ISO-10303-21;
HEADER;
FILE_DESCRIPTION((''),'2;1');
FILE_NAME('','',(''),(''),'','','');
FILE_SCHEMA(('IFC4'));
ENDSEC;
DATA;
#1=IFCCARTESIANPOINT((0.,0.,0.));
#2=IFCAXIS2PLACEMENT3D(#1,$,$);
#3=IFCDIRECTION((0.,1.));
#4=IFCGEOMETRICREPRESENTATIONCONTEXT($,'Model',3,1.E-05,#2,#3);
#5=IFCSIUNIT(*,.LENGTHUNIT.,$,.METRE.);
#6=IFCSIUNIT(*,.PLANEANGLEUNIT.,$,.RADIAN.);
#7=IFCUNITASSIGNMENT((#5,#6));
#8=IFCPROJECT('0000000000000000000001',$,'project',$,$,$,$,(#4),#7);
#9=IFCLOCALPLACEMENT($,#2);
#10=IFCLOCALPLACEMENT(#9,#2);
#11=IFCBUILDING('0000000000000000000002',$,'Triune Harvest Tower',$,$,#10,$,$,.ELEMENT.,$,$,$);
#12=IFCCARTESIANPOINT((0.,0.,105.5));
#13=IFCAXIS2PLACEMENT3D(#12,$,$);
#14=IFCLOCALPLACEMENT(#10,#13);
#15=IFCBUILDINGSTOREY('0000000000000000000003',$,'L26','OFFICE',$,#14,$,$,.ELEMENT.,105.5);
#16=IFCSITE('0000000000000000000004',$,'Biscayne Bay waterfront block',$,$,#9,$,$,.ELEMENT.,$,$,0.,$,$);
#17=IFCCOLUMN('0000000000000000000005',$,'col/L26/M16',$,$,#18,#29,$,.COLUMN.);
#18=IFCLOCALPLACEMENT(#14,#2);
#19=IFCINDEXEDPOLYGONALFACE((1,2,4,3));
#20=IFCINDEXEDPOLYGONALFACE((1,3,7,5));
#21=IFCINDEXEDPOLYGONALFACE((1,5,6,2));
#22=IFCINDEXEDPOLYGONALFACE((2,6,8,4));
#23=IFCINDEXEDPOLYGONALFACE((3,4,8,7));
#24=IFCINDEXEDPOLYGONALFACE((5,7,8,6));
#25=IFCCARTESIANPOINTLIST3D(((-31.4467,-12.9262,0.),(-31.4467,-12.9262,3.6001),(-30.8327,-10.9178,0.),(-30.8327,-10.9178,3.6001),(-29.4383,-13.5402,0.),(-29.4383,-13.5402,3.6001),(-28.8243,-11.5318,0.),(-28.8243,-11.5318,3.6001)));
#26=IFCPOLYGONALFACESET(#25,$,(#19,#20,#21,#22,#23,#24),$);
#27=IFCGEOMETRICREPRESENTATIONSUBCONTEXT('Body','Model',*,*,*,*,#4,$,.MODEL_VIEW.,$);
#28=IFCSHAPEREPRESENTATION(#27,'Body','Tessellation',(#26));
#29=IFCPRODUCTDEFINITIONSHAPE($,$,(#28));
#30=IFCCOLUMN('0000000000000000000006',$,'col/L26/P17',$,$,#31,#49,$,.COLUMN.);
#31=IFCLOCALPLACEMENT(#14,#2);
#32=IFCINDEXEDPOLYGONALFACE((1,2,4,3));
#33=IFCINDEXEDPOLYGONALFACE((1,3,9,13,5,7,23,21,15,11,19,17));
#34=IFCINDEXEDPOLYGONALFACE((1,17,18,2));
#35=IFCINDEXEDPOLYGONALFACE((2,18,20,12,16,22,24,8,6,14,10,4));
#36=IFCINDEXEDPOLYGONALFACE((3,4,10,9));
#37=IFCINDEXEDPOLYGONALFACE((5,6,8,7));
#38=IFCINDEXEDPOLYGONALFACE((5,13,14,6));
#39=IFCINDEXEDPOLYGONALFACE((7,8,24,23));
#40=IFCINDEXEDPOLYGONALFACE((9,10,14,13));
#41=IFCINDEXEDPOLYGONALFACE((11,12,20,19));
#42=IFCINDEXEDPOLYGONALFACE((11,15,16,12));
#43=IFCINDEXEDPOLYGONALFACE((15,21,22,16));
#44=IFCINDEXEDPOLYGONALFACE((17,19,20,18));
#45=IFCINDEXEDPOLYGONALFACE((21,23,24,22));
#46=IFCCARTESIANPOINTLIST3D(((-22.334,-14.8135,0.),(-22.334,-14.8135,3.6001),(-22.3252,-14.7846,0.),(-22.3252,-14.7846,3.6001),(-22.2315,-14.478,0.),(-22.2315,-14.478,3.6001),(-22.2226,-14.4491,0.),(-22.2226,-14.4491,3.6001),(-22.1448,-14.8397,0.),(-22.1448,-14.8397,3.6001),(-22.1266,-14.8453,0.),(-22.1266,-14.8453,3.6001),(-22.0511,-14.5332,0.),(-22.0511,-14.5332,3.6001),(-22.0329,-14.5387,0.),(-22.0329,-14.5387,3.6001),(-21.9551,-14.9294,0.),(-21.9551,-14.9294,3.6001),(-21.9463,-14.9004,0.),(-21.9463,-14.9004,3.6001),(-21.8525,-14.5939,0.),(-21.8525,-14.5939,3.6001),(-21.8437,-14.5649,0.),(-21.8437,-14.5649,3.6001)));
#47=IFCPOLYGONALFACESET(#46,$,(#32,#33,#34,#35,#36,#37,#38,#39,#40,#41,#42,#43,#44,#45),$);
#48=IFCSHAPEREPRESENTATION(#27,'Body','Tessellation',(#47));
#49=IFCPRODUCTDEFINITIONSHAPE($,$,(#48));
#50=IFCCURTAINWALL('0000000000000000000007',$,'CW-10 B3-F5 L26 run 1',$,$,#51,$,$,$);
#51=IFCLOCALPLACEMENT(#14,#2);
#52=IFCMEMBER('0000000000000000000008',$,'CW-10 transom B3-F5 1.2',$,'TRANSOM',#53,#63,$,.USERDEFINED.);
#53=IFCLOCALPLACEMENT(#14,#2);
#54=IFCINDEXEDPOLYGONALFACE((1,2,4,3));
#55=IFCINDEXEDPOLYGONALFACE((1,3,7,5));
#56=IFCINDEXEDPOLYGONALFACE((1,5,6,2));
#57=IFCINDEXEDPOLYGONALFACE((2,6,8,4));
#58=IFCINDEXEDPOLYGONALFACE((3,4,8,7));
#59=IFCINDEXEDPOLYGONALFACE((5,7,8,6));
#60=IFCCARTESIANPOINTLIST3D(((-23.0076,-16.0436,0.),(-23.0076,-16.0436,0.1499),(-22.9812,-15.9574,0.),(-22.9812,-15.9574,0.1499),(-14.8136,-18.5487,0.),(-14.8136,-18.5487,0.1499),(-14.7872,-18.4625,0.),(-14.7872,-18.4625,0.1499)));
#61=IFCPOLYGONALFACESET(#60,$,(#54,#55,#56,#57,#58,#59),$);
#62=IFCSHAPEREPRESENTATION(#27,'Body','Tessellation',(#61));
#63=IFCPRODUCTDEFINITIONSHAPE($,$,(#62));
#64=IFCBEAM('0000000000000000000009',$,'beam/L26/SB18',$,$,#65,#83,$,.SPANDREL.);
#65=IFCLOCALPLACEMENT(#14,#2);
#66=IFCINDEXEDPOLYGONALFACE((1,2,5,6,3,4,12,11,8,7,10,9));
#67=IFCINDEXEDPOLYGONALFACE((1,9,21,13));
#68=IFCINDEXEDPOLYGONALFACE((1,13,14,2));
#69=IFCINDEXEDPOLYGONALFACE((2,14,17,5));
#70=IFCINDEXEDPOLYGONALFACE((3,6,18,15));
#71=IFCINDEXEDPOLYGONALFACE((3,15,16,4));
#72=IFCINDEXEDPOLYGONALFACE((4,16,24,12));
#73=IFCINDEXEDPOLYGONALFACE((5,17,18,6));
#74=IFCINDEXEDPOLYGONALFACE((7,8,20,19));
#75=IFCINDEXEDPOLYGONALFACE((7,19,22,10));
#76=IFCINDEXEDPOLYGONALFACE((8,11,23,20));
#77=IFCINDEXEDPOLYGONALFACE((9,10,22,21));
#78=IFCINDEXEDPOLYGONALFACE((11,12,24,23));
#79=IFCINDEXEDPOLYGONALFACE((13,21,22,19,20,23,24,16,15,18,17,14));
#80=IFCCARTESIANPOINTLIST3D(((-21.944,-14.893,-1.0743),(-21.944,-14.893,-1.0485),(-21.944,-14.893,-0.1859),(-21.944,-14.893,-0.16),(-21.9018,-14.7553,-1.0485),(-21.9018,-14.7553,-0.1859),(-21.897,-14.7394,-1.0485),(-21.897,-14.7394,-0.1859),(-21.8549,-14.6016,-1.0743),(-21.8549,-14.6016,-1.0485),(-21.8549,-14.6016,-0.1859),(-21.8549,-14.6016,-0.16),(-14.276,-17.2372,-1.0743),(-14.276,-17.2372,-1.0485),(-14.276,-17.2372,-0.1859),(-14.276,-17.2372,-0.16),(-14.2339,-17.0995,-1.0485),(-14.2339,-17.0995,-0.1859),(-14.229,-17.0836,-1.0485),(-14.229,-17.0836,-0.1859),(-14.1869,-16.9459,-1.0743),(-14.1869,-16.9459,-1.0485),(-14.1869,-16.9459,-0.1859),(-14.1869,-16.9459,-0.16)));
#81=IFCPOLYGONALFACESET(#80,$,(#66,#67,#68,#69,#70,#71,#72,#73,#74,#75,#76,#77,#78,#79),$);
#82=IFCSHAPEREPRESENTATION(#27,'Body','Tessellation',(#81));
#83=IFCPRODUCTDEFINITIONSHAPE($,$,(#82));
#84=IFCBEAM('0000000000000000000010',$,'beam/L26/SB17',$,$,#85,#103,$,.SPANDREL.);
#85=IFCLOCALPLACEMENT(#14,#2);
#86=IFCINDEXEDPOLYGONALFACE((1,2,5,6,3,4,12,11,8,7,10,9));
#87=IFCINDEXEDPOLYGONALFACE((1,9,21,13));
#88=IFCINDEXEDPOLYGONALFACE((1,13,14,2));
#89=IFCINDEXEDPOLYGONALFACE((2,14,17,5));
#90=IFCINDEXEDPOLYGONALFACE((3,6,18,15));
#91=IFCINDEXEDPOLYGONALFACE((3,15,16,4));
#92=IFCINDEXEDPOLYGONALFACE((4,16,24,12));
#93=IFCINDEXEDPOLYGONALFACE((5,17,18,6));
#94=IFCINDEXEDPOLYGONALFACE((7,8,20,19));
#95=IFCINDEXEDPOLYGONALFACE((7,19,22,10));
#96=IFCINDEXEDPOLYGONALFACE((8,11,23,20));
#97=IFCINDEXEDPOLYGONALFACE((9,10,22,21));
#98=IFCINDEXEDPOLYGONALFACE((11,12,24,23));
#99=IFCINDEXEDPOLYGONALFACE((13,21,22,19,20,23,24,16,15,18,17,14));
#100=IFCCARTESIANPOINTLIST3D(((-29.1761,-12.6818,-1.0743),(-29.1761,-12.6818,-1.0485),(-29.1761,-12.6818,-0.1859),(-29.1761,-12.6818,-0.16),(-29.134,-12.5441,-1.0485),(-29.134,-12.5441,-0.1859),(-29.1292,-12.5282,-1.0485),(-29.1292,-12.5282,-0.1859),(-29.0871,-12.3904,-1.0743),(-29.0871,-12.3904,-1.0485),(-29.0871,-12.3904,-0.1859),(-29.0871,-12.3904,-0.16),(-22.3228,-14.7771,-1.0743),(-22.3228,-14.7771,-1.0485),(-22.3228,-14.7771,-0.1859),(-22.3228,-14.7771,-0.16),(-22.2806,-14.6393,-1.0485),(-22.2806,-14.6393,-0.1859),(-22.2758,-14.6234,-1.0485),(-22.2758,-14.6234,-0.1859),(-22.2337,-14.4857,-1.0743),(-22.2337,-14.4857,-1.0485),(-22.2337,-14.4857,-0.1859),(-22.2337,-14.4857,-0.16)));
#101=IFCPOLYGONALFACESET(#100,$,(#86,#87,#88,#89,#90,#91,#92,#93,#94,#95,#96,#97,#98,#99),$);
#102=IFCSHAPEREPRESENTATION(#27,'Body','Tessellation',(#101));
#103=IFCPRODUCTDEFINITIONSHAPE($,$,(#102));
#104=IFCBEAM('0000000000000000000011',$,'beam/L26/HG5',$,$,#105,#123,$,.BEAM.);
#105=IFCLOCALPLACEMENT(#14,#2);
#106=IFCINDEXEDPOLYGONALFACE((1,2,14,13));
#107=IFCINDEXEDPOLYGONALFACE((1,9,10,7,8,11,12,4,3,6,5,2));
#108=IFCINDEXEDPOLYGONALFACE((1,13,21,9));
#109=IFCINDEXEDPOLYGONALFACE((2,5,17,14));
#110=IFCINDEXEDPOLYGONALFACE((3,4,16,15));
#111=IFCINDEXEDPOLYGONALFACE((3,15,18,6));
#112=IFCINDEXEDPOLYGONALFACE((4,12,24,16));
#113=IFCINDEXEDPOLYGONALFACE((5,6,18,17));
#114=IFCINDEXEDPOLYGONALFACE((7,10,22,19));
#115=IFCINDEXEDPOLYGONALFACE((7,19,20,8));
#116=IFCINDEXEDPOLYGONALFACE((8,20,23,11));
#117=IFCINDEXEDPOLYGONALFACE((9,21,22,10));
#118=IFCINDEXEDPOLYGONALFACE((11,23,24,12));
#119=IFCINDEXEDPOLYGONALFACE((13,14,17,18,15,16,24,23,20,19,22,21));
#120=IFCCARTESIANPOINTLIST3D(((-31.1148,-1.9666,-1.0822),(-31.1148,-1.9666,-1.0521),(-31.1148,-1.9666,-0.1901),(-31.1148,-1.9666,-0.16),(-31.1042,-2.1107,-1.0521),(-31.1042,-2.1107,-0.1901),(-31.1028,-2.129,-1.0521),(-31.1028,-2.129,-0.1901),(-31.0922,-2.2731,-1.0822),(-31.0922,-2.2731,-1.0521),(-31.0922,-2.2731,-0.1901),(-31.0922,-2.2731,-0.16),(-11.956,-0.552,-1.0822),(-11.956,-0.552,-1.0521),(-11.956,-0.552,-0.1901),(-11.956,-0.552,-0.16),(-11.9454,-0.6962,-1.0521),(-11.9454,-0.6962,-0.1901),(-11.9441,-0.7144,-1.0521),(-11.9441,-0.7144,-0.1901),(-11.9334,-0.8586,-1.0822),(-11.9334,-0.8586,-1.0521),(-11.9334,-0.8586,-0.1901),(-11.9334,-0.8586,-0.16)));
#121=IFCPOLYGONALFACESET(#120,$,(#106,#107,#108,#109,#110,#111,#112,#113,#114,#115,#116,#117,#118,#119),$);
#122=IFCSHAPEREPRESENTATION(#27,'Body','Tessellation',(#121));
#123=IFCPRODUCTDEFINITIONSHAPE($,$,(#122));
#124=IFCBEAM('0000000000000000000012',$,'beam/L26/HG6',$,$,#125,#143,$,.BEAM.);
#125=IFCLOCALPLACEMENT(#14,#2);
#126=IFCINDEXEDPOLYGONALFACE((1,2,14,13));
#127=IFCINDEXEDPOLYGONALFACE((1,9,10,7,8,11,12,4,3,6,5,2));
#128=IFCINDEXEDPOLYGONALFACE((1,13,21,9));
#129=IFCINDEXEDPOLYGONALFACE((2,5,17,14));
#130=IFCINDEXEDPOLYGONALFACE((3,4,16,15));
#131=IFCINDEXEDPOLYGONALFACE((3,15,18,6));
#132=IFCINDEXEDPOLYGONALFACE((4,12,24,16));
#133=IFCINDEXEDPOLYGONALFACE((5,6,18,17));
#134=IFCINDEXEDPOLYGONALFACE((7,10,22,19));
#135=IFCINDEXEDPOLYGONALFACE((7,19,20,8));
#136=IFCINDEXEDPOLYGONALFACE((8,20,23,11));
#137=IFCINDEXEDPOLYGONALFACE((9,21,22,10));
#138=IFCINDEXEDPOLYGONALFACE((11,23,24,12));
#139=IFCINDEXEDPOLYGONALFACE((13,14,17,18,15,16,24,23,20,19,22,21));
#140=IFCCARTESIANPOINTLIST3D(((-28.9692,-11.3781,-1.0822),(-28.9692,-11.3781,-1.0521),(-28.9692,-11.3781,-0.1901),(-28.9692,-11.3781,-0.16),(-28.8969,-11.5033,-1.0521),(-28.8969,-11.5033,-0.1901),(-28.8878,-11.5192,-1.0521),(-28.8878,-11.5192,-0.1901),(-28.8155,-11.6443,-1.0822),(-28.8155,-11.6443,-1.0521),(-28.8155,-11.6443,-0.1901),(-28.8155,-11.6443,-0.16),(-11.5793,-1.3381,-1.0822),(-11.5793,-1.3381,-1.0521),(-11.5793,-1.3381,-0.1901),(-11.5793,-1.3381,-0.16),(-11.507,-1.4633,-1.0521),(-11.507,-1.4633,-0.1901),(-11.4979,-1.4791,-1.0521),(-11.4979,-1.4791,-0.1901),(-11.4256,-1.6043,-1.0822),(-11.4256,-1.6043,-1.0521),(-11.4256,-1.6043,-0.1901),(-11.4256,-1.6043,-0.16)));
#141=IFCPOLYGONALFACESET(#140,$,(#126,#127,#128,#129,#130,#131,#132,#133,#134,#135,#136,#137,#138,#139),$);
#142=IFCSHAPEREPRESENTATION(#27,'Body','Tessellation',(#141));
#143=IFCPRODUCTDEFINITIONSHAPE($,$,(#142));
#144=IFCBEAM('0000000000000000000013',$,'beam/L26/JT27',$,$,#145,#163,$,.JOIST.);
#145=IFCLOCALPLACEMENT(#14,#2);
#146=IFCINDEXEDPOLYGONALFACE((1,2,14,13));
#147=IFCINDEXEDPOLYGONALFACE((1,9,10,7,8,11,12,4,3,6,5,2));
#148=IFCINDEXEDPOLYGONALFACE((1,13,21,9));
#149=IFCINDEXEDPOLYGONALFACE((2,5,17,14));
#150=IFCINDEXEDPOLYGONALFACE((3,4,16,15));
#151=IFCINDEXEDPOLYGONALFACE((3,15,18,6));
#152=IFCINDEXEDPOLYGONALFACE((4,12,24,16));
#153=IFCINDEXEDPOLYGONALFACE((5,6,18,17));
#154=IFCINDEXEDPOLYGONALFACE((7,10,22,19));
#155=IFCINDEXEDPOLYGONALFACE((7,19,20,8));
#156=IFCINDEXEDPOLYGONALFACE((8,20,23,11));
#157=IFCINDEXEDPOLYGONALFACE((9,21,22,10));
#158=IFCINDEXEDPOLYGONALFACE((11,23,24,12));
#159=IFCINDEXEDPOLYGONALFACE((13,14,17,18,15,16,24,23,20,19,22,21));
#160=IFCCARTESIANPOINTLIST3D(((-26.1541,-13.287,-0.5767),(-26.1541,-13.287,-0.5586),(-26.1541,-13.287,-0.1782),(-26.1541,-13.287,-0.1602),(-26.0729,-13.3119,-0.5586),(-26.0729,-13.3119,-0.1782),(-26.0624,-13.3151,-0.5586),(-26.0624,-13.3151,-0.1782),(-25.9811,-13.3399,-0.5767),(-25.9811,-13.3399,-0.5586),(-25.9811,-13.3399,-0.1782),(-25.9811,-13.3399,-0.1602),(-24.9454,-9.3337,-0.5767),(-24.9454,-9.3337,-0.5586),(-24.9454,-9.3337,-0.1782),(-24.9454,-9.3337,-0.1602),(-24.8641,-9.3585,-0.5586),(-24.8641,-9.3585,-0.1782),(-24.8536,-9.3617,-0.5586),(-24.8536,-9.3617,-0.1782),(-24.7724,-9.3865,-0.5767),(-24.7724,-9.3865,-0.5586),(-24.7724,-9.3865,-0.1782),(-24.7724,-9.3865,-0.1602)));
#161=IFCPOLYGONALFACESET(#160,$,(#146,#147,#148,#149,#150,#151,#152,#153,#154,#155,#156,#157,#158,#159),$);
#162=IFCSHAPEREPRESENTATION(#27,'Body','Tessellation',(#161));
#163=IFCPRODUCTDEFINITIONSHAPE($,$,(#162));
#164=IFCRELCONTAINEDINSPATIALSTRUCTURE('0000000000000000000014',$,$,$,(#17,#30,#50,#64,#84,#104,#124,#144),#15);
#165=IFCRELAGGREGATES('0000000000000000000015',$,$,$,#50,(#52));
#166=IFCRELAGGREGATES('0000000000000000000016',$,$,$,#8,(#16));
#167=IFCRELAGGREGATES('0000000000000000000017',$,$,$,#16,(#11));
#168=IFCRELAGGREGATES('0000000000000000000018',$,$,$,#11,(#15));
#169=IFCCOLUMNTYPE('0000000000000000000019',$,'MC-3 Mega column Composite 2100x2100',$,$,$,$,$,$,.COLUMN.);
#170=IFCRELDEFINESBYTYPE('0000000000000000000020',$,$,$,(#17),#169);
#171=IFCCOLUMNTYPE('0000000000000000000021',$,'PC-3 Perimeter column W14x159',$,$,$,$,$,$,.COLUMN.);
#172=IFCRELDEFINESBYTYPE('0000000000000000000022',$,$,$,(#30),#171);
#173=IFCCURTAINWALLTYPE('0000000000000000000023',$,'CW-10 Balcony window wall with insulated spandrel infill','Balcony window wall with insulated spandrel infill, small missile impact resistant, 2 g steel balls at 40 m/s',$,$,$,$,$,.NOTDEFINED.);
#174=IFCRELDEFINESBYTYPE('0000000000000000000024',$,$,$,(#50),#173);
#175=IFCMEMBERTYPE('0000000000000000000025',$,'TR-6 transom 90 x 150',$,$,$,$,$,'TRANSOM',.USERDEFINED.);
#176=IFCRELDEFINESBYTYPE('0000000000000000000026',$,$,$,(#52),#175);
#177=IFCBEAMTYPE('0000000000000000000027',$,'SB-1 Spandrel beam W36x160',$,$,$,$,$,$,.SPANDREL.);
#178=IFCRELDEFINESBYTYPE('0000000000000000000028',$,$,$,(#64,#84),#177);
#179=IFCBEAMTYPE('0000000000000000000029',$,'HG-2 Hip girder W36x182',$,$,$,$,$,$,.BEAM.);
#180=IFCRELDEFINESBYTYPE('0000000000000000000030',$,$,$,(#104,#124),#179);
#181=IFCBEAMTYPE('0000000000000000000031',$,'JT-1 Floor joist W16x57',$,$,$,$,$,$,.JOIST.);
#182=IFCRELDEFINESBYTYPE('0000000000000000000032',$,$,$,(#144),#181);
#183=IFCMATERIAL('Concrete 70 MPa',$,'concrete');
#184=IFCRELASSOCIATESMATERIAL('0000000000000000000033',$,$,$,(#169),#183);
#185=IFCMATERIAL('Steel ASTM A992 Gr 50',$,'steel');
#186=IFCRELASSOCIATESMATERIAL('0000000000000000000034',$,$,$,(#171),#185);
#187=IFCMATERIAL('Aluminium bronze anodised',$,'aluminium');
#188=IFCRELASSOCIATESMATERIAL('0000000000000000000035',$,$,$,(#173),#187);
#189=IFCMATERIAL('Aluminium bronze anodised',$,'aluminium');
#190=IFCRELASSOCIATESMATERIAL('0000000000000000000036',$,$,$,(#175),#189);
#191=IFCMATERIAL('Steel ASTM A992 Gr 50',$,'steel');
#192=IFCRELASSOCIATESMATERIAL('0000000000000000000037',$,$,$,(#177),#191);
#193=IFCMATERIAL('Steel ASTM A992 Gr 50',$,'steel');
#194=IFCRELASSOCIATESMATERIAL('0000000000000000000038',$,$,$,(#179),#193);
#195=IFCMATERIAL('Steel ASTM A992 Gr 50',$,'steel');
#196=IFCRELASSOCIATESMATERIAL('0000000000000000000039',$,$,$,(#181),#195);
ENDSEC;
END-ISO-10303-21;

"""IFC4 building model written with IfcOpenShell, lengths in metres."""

from ifc_helpers import new_model, si_unit, direction, frame, origin, origin_2d, place, context, subcontext, project, spatial, rectangle, i_section, extrude, source, transform, mapped, material, material_profile, profile_set, type_object, element, aggregate, save


model = new_model("IFC4")

# Units and contexts
model_context = context("Model", 3, precision=1e-05, world=origin(), true_north=direction((0.0, 1.0)))
body_context = subcontext(model_context, "Body", "Model", "MODEL_VIEW")
ifc_project = project(units=[si_unit("LENGTHUNIT", "METRE"), si_unit("PLANEANGLEUNIT", "RADIAN")], contexts=[model_context])

# Site, building, storey
site_placement = place(None, origin())
site = spatial("IfcSite", under=ifc_project, at=site_placement, Name="Biscayne Bay waterfront block", CompositionType="ELEMENT", RefElevation=0.0)
building_placement = place(site_placement, origin())
building = spatial("IfcBuilding", under=site, at=building_placement, Name="Triune Harvest Tower", CompositionType="ELEMENT")
storey_placement = place(building_placement, frame((0.0, 0.0, 105.5)))
storey = spatial("IfcBuildingStorey", under=building, at=storey_placement, Name="L26", Description="OFFICE", CompositionType="ELEMENT", Elevation=105.5)

# Columns
ifc_material_1 = material(Name="Concrete 70 MPa", Category="concrete")
ifc_material_profile_1 = material_profile(ifc_material_1, rectangle(XDim=2.1001, YDim=2.1001, at=origin_2d()), Name="Composite 2100x2100")
ifc_profile_set_1 = profile_set([ifc_material_profile_1], Name="Concrete 70 MPa")
column_type_1 = type_object("IfcColumnType", Name="MC-3 Mega column Composite 2100x2100", PredefinedType="COLUMN", material=ifc_profile_set_1)
shared_shape_1 = source(origin(), body_context, "Body", "SweptSolid", [
    extrude(rectangle(XDim=2.1001, YDim=2.1001, at=origin_2d()), origin(), (0.0, 0.0, 1.0), 3.6001),
])
column_1_placement = place(storey_placement, frame((-30.1355, -12.229, 0.0), z_axis=(0.0, 0.0, 1.0), x_axis=(0.956305, -0.292372, 0.0)))
element("IfcColumn", 1, at=column_1_placement, inside=storey, type_object=column_type_1, Name="col/L26/M16", PredefinedType="COLUMN", context=body_context, shape_type="MappedRepresentation", body=[
    mapped(shared_shape_1, transform((0.0, 0.0, 0.0), scale=1.0)),
])
ifc_material_2 = material(Name="Steel ASTM A992 Gr 50", Category="steel")
ifc_material_profile_2 = material_profile(ifc_material_2, i_section(OverallWidth=0.3962, OverallDepth=0.3811, WebThickness=0.019, FlangeThickness=0.0303, at=origin_2d()), Name="W14x159")
ifc_profile_set_2 = profile_set([ifc_material_profile_2], Name="Steel ASTM A992 Gr 50")
column_type_2 = type_object("IfcColumnType", Name="PC-3 Perimeter column W14x159", PredefinedType="COLUMN", material=ifc_profile_set_2)
shared_shape_2 = source(origin(), body_context, "Body", "SweptSolid", [
    extrude(i_section(OverallWidth=0.3962, OverallDepth=0.3811, WebThickness=0.019, FlangeThickness=0.0303, at=origin_2d()), origin(), (0.0, 0.0, 1.0), 3.6001),
])
column_2_placement = place(storey_placement, frame((-22.0889, -14.6892, 0.0), z_axis=(0.0, 0.0, 1.0), x_axis=(0.956305, -0.292372, 0.0)))
element("IfcColumn", 2, at=column_2_placement, inside=storey, type_object=column_type_2, Name="col/L26/P17", PredefinedType="COLUMN", context=body_context, shape_type="MappedRepresentation", body=[
    mapped(shared_shape_2, transform((0.0, 0.0, 0.0), scale=1.0)),
])

# Curtain wall, member
ifc_material_3 = material(Name="Aluminium bronze anodised", Category="aluminium")
curtain_wall_type = type_object("IfcCurtainWallType", Name="CW-10 Balcony window wall with insulated spandrel infill", Description="Balcony window wall with insulated spandrel infill, small missile impact resistant, 2 g steel balls at 40 m/s", PredefinedType="NOTDEFINED", material=ifc_material_3)
curtain_wall_placement = place(storey_placement, origin())
curtain_wall = element("IfcCurtainWall", 3, at=curtain_wall_placement, inside=storey, type_object=curtain_wall_type, Name="CW-10 B3-F5 L26 run 1")
ifc_material_4 = material(Name="Aluminium bronze anodised", Category="aluminium")
ifc_material_profile_3 = material_profile(ifc_material_4, rectangle(XDim=0.0901, YDim=0.1499, at=origin_2d()), Name="TR-6 transom 90 x 150")
ifc_profile_set_3 = profile_set([ifc_material_profile_3], Name="Aluminium bronze anodised")
member_type_1 = type_object("IfcMemberType", Name="TR-6 transom 90 x 150", ElementType="TRANSOM", PredefinedType="USERDEFINED", material=ifc_profile_set_3)
member_1_placement = place(storey_placement, frame((-22.9944, -16.0005, 0.075), z_axis=(0.956307, -0.292365, 0.0), x_axis=(0.292365, 0.956307, 0.0)))
member_1 = element("IfcMember", 4, at=member_1_placement, type_object=member_type_1, Name="CW-10 transom B3-F5 1.2", ObjectType="TRANSOM", PredefinedType="USERDEFINED", context=body_context, shape_type="SweptSolid", body=[
    extrude(rectangle(XDim=0.0901, YDim=0.1499, at=origin_2d()), origin(), (0.0, 0.0, 1.0), 8.5684),
])

# Beams
ifc_material_5 = material(Name="Steel ASTM A992 Gr 50", Category="steel")
ifc_material_profile_4 = material_profile(ifc_material_5, i_section(OverallWidth=0.3047, OverallDepth=0.9143, WebThickness=0.0166, FlangeThickness=0.0259, at=origin_2d()), Name="W36x160")
ifc_profile_set_4 = profile_set([ifc_material_profile_4], Name="Steel ASTM A992 Gr 50")
beam_type_1 = type_object("IfcBeamType", Name="SB-1 Spandrel beam W36x160", PredefinedType="SPANDREL", material=ifc_profile_set_4)
shared_shape_3 = source(origin(), body_context, "Body", "SweptSolid", [
    extrude(i_section(OverallWidth=0.3047, OverallDepth=0.9143, WebThickness=0.0166, FlangeThickness=0.0259, at=origin_2d()), origin(), (0.0, 0.0, 1.0), 8.0183),
])
beam_1_placement = place(storey_placement, frame((-21.8994, -14.7473, -0.6172), z_axis=(0.956308, -0.292361, 0.0), x_axis=(0.292361, 0.956308, 0.0)))
element("IfcBeam", 5, at=beam_1_placement, inside=storey, type_object=beam_type_1, Name="beam/L26/SB18", PredefinedType="SPANDREL", context=body_context, shape_type="MappedRepresentation", body=[
    mapped(shared_shape_3, transform((0.0, 0.0, 0.0), scale=1.0)),
])
shared_shape_4 = source(origin(), body_context, "Body", "SweptSolid", [
    extrude(i_section(OverallWidth=0.3047, OverallDepth=0.9143, WebThickness=0.0166, FlangeThickness=0.0259, at=origin_2d()), origin(), (0.0, 0.0, 1.0), 7.1665),
])
beam_2_placement = place(storey_placement, frame((-29.1316, -12.5361, -0.6172), z_axis=(0.956306, -0.292367, 0.0), x_axis=(0.292367, 0.956306, 0.0)))
element("IfcBeam", 6, at=beam_2_placement, inside=storey, type_object=beam_type_1, Name="beam/L26/SB17", PredefinedType="SPANDREL", context=body_context, shape_type="MappedRepresentation", body=[
    mapped(shared_shape_4, transform((0.0, 0.0, 0.0), scale=1.0)),
])
ifc_material_6 = material(Name="Steel ASTM A992 Gr 50", Category="steel")
ifc_material_profile_5 = material_profile(ifc_material_6, i_section(OverallWidth=0.3074, OverallDepth=0.9221, WebThickness=0.0183, FlangeThickness=0.03, at=origin_2d()), Name="W36x182")
ifc_profile_set_5 = profile_set([ifc_material_profile_5], Name="Steel ASTM A992 Gr 50")
beam_type_2 = type_object("IfcBeamType", Name="HG-2 Hip girder W36x182", PredefinedType="BEAM", material=ifc_profile_set_5)
shared_shape_5 = source(origin(), body_context, "Body", "SweptSolid", [
    extrude(i_section(OverallWidth=0.3074, OverallDepth=0.9221, WebThickness=0.0183, FlangeThickness=0.03, at=origin_2d()), origin(), (0.0, 0.0, 1.0), 19.2109),
])
beam_3_placement = place(storey_placement, frame((-31.1035, -2.1199, -0.6211), z_axis=(0.997285, 0.073633, 0.0), x_axis=(-0.073633, 0.997285, 0.0)))
element("IfcBeam", 7, at=beam_3_placement, inside=storey, type_object=beam_type_2, Name="beam/L26/HG5", PredefinedType="BEAM", context=body_context, shape_type="MappedRepresentation", body=[
    mapped(shared_shape_5, transform((0.0, 0.0, 0.0), scale=1.0)),
])
shared_shape_6 = source(origin(), body_context, "Body", "SweptSolid", [
    extrude(i_section(OverallWidth=0.3074, OverallDepth=0.9221, WebThickness=0.0183, FlangeThickness=0.03, at=origin_2d()), origin(), (0.0, 0.0, 1.0), 20.0801),
])
beam_4_placement = place(storey_placement, frame((-28.8923, -11.5112, -0.6211), z_axis=(0.866026, 0.499999, 0.0), x_axis=(-0.499999, 0.866026, 0.0)))
element("IfcBeam", 8, at=beam_4_placement, inside=storey, type_object=beam_type_2, Name="beam/L26/HG6", PredefinedType="BEAM", context=body_context, shape_type="MappedRepresentation", body=[
    mapped(shared_shape_6, transform((0.0, 0.0, 0.0), scale=1.0)),
])
ifc_material_7 = material(Name="Steel ASTM A992 Gr 50", Category="steel")
ifc_material_profile_6 = material_profile(ifc_material_7, i_section(OverallWidth=0.1809, OverallDepth=0.4165, WebThickness=0.011, FlangeThickness=0.0181, at=origin_2d()), Name="W16x57")
ifc_profile_set_6 = profile_set([ifc_material_profile_6], Name="Steel ASTM A992 Gr 50")
beam_type_3 = type_object("IfcBeamType", Name="JT-1 Floor joist W16x57", PredefinedType="JOIST", material=ifc_profile_set_6)
shared_shape_7 = source(origin(), body_context, "Body", "SweptSolid", [
    extrude(i_section(OverallWidth=0.1809, OverallDepth=0.4165, WebThickness=0.011, FlangeThickness=0.0181, at=origin_2d()), origin(), (0.0, 0.0, 1.0), 4.134),
])
beam_5_placement = place(storey_placement, frame((-26.0676, -13.3135, -0.3684), z_axis=(0.292388, 0.9563, 0.0), x_axis=(-0.9563, 0.292388, 0.0)))
element("IfcBeam", 9, at=beam_5_placement, inside=storey, type_object=beam_type_3, Name="beam/L26/JT27", PredefinedType="JOIST", context=body_context, shape_type="MappedRepresentation", body=[
    mapped(shared_shape_7, transform((0.0, 0.0, 0.0), scale=1.0)),
])

aggregate(curtain_wall, [member_1])

save(model, "model.ifc")
